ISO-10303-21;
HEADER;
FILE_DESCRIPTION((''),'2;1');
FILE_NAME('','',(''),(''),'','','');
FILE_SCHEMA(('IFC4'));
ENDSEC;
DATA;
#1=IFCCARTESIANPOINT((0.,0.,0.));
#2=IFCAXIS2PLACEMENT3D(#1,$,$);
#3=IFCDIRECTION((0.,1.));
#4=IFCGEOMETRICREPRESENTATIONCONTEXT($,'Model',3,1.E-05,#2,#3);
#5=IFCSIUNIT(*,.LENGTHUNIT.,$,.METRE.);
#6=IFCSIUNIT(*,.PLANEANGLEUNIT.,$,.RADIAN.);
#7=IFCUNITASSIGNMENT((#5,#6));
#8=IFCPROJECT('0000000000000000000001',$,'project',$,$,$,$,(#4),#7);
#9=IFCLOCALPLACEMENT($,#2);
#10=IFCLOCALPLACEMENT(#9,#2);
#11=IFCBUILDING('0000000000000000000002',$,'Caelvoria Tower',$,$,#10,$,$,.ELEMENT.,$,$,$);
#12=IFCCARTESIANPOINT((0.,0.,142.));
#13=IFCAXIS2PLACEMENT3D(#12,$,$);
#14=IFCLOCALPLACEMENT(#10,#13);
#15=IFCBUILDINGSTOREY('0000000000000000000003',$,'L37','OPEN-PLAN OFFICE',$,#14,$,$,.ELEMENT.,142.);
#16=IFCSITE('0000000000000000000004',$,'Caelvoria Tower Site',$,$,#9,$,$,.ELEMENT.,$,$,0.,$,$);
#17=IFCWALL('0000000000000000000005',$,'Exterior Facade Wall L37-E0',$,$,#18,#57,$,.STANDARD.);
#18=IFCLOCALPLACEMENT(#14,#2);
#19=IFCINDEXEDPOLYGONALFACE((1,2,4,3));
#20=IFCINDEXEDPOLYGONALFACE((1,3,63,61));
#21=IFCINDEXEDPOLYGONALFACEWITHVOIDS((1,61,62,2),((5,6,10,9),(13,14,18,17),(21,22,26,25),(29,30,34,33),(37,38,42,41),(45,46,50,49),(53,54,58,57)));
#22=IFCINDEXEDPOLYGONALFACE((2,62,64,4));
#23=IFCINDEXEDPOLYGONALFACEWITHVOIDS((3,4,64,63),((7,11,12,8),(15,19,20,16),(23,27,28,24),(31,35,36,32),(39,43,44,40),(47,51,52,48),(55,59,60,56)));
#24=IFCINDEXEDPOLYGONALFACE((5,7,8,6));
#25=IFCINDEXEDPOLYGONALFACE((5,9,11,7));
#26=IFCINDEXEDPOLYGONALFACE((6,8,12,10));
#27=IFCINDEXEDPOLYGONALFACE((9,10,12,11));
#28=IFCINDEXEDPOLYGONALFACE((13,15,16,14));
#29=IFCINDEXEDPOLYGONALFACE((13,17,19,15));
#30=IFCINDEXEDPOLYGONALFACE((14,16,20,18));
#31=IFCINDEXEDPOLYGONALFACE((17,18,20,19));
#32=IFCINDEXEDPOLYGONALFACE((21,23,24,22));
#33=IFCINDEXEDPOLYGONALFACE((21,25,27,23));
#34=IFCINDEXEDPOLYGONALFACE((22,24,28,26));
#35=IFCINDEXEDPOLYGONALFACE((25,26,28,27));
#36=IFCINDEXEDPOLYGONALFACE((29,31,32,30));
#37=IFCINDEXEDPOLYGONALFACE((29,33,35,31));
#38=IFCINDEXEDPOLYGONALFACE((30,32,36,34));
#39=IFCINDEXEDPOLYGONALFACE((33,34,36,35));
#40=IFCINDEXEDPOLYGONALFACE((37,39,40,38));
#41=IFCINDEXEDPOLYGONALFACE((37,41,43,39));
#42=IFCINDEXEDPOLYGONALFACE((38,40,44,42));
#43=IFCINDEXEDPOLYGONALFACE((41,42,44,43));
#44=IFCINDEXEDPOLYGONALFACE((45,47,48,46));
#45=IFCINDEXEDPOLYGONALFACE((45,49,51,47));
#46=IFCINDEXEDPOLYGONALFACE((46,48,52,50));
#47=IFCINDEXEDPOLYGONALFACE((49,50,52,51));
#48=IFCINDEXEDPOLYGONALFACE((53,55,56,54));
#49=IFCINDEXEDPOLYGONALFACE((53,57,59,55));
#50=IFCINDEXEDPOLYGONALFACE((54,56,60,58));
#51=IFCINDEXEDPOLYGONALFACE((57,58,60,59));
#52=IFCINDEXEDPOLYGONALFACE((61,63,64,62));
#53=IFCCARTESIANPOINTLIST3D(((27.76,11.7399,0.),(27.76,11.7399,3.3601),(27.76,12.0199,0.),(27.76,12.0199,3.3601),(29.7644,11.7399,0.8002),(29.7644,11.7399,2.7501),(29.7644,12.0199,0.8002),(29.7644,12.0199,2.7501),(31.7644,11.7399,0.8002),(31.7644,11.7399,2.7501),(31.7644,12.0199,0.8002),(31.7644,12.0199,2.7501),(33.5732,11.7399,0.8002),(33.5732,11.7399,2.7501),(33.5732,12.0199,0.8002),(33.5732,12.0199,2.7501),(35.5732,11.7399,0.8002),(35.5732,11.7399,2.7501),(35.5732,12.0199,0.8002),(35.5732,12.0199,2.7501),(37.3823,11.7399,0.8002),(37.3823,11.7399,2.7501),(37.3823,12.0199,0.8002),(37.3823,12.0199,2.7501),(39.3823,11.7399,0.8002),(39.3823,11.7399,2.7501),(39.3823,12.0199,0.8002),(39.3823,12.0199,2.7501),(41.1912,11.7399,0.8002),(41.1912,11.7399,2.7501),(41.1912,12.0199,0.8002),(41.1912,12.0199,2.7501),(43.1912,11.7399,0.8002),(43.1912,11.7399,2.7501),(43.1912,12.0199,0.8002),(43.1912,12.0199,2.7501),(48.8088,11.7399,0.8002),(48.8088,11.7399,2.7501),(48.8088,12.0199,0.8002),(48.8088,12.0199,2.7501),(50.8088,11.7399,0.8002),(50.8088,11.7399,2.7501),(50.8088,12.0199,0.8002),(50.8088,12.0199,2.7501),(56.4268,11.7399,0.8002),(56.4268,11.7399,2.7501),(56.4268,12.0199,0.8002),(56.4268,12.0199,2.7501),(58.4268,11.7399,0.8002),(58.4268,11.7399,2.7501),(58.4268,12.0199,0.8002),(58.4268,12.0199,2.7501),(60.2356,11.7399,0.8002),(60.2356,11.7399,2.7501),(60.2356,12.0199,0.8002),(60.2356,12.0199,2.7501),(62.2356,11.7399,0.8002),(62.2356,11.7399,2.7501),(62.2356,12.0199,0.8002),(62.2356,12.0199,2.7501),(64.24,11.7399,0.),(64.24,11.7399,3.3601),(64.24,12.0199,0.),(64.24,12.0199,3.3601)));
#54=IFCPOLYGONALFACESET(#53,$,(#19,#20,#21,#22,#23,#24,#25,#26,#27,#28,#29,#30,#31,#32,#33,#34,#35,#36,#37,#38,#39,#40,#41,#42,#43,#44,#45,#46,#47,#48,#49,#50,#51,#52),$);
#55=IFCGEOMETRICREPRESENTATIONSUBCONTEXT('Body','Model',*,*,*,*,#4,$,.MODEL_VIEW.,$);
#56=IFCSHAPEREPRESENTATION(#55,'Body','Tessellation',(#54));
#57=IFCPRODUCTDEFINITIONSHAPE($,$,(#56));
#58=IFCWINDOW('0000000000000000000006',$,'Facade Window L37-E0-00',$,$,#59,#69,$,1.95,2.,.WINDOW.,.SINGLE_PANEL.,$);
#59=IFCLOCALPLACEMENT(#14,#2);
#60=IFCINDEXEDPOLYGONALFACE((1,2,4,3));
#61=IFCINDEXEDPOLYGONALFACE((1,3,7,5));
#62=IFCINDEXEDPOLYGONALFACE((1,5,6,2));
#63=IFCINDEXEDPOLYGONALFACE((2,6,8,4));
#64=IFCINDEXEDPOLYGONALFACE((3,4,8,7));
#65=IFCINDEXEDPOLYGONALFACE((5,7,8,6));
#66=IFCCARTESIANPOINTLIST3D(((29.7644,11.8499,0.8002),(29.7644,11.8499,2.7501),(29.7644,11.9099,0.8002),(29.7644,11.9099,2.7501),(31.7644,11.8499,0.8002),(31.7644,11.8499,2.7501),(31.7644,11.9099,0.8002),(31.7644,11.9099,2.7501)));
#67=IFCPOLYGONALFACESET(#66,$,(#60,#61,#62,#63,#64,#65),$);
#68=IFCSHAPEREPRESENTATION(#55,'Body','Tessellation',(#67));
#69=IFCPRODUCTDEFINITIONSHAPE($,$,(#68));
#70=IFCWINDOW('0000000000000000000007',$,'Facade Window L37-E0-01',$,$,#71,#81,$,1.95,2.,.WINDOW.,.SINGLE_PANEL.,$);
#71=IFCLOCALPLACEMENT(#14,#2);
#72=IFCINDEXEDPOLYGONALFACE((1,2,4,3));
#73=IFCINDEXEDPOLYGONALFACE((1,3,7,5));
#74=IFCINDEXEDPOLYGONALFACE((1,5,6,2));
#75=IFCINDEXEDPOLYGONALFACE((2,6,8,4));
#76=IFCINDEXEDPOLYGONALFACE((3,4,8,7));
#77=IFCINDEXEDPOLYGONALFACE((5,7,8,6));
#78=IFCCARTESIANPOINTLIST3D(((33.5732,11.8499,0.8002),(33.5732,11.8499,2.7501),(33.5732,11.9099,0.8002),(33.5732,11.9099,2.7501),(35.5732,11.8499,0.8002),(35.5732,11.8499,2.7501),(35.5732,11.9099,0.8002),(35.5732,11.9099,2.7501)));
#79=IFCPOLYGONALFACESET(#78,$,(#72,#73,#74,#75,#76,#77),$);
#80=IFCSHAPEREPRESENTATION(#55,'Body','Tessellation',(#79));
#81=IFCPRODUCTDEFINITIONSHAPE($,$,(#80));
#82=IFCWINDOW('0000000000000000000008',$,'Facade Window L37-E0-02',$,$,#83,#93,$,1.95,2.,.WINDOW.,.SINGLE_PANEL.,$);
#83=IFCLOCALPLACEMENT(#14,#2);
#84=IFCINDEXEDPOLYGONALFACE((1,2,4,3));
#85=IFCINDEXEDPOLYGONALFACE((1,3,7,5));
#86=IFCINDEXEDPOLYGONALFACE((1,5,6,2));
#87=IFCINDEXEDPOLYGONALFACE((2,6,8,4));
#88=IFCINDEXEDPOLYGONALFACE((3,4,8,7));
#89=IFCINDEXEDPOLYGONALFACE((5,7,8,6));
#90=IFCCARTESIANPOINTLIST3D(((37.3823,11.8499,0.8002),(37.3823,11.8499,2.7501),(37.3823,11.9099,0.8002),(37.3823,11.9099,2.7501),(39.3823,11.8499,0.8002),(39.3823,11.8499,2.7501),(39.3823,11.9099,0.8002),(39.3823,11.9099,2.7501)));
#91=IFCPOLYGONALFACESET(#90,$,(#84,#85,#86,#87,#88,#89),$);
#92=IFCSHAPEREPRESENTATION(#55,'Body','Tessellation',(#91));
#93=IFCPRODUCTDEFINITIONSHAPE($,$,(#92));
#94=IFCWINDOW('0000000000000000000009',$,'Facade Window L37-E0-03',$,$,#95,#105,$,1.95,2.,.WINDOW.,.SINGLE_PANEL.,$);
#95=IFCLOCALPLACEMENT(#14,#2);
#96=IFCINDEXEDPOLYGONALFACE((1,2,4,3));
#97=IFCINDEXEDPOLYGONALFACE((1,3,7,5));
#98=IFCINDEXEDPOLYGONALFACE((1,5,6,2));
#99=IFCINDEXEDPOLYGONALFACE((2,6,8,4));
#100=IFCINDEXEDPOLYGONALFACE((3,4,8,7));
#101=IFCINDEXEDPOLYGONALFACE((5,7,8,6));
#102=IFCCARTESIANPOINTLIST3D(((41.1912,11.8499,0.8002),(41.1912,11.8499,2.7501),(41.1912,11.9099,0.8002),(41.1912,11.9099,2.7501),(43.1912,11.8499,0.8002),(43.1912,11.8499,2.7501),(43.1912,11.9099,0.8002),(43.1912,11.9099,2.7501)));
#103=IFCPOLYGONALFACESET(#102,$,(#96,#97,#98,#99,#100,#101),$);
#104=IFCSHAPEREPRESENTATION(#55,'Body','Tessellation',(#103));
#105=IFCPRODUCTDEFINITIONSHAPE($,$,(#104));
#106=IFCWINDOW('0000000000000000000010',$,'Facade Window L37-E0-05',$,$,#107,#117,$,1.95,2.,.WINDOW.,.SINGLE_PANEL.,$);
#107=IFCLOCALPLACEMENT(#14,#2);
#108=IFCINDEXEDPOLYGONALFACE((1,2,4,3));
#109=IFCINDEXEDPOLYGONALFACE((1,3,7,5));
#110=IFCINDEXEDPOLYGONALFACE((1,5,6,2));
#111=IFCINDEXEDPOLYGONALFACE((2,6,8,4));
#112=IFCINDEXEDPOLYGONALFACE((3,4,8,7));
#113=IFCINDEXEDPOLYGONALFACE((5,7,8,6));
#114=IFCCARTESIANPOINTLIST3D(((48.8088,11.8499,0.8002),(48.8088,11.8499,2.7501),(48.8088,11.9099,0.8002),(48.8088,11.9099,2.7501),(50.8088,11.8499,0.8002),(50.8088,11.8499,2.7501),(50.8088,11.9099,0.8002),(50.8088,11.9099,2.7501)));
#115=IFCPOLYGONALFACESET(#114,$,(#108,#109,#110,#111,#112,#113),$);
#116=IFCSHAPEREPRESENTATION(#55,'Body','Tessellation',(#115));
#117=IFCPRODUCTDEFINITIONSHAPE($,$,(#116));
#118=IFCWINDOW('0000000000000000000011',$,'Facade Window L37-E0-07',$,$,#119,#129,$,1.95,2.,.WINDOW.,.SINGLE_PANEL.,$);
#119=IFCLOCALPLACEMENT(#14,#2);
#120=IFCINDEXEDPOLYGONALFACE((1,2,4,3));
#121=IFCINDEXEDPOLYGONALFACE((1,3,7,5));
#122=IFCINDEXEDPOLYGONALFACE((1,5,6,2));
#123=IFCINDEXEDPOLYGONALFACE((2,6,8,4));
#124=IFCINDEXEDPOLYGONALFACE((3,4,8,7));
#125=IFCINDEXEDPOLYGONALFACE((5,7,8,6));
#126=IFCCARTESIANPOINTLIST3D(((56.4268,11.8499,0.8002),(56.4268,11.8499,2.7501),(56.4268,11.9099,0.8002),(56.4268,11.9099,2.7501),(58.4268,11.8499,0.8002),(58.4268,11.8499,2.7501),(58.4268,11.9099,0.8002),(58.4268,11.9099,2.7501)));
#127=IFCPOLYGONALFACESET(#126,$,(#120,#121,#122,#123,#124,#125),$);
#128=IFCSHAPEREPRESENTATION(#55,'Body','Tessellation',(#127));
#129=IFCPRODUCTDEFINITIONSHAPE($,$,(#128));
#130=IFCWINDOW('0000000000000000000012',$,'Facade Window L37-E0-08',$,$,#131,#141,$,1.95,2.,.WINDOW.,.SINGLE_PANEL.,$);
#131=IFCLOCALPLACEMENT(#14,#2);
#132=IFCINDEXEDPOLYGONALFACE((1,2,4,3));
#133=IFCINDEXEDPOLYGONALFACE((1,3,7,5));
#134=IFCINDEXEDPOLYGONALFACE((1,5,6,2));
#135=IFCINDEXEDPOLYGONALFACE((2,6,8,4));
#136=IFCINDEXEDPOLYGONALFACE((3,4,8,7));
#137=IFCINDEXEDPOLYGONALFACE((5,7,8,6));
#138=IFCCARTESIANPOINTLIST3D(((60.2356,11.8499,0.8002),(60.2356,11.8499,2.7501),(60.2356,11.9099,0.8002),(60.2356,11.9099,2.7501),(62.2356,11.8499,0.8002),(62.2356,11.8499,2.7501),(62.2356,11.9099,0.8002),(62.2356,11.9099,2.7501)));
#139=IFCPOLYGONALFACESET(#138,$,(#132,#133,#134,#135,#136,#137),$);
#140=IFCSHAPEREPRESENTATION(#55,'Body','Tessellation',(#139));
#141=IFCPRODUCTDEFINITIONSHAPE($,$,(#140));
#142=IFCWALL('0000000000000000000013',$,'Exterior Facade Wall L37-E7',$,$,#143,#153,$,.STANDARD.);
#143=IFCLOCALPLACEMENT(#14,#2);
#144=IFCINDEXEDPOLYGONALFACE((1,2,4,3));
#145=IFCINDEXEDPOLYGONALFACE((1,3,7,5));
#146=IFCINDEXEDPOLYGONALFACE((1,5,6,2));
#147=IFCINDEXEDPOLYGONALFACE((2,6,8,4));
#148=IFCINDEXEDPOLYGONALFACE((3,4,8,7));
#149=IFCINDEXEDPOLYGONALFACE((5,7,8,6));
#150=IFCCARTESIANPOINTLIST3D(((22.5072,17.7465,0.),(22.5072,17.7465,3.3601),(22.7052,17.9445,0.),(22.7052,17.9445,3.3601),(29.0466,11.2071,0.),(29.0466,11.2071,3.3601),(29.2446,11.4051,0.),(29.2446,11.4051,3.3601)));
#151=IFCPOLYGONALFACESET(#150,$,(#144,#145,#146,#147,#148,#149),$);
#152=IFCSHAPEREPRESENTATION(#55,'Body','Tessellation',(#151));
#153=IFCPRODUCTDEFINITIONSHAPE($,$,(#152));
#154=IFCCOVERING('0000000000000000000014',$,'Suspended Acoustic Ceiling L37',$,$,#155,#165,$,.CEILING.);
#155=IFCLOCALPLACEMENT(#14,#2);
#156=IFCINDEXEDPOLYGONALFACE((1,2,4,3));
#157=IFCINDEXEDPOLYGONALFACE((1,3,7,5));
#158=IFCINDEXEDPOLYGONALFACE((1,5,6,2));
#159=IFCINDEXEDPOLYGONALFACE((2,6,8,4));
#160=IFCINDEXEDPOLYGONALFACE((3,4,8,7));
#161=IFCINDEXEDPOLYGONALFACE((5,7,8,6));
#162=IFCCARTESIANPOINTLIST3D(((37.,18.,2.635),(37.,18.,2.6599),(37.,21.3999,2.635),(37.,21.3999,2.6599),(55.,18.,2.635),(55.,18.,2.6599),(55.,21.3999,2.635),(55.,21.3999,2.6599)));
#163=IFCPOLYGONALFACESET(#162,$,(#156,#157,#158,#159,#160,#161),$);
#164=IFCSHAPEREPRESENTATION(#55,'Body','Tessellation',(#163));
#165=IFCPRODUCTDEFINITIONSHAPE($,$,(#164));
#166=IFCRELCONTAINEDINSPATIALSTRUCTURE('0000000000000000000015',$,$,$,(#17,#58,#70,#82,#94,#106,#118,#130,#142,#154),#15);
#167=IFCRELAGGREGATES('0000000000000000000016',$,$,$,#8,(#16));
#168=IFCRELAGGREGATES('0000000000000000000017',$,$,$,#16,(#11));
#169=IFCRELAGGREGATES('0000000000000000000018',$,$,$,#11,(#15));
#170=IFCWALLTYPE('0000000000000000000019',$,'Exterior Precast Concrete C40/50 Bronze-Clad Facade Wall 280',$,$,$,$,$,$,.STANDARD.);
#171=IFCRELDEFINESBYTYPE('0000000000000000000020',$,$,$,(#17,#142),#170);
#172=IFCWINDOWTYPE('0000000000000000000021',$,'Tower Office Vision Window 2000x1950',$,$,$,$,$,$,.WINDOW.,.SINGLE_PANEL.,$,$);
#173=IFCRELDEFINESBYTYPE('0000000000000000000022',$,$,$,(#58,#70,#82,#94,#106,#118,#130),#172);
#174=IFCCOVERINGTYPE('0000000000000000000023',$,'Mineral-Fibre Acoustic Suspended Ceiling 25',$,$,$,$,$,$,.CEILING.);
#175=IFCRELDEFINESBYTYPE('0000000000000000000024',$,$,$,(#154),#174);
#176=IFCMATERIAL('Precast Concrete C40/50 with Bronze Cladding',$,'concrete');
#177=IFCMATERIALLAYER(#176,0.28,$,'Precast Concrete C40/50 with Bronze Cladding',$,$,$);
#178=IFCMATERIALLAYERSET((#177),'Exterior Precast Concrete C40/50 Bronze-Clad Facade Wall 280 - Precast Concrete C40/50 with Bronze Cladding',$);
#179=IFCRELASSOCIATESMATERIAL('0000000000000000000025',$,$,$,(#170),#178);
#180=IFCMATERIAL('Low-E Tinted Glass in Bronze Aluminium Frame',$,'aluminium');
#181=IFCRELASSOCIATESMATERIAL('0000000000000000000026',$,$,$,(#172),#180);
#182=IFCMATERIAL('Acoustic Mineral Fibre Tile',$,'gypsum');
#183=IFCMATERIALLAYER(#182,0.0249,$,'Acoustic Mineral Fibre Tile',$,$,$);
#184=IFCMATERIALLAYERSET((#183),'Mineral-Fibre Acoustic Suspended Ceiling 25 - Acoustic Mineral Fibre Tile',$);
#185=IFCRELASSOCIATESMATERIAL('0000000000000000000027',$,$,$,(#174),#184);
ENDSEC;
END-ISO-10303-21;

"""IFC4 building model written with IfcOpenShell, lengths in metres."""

from ifc_helpers import new_model, si_unit, direction, frame, frame_2d, origin, place, context, subcontext, project, spatial, polyline, rectangle, outline, extrude, material, layer, layer_set, type_object, element, fill, save


model = new_model("IFC4")

# Units and contexts
model_context = context("Model", 3, precision=1e-05, world=origin(), true_north=direction((0.0, 1.0)))
body_context = subcontext(model_context, "Body", "Model", "MODEL_VIEW")
ifc_project = project(units=[si_unit("LENGTHUNIT", "METRE"), si_unit("PLANEANGLEUNIT", "RADIAN")], contexts=[model_context])

# Site, building, storey
site_placement = place(None, origin())
site = spatial("IfcSite", under=ifc_project, at=site_placement, Name="Caelvoria Tower Site", CompositionType="ELEMENT", RefElevation=0.0)
building_placement = place(site_placement, origin())
building = spatial("IfcBuilding", under=site, at=building_placement, Name="Caelvoria Tower", CompositionType="ELEMENT")
storey_placement = place(building_placement, frame((0.0, 0.0, 142.0)))
storey = spatial("IfcBuildingStorey", under=building, at=storey_placement, Name="L37", Description="OPEN-PLAN OFFICE", CompositionType="ELEMENT", Elevation=142.0)

# Wall, openings, windows
ifc_material_1 = material(Name="Precast Concrete C40/50 with Bronze Cladding", Category="concrete")
ifc_layer_1 = layer(ifc_material_1, 0.28, Name="Precast Concrete C40/50 with Bronze Cladding")
ifc_layer_set_1 = layer_set([ifc_layer_1], Name="Exterior Precast Concrete C40/50 Bronze-Clad Facade Wall 280 - Precast Concrete C40/50 with Bronze Cladding")
wall_type_1 = type_object("IfcWallType", Name="Exterior Precast Concrete C40/50 Bronze-Clad Facade Wall 280", PredefinedType="STANDARD", material=ifc_layer_set_1)
wall_1_placement = place(storey_placement, frame((27.76, 11.8799, 0.0), z_axis=(0.0, 0.0, 1.0), x_axis=(1.0, 0.0, 0.0)))
wall_1 = element("IfcWall", 1, at=wall_1_placement, inside=storey, type_object=wall_type_1, Name="Exterior Facade Wall L37-E0", PredefinedType="STANDARD", context=body_context, shape_type="SweptSolid", body=[
    extrude(rectangle(XDim=36.48, YDim=0.28, at=frame_2d((18.24, 0.0))), origin(), (0.0, 0.0, 1.0), 3.3601),
])
opening_1_placement = place(wall_1_placement, frame((2.0044, 0.0, 0.8)))
opening_1 = element("IfcOpeningElement", 2, at=opening_1_placement, cuts=wall_1, PredefinedType="OPENING", context=body_context, shape_type="SweptSolid", body=[
    extrude(rectangle(XDim=2.0, YDim=1.95, at=frame_2d((1.0, 0.9751))), frame((0.0, 0.1499, 0.0), z_axis=(0.0, -1.0, 0.0), x_axis=(1.0, 0.0, 0.0)), (0.0, 0.0, 1.0), 0.3),
])
opening_2_placement = place(wall_1_placement, frame((5.8132, 0.0, 0.8)))
opening_2 = element("IfcOpeningElement", 3, at=opening_2_placement, cuts=wall_1, PredefinedType="OPENING", context=body_context, shape_type="SweptSolid", body=[
    extrude(rectangle(XDim=2.0, YDim=1.95, at=frame_2d((1.0, 0.9751))), frame((0.0, 0.1499, 0.0), z_axis=(0.0, -1.0, 0.0), x_axis=(1.0, 0.0, 0.0)), (0.0, 0.0, 1.0), 0.3),
])
opening_3_placement = place(wall_1_placement, frame((9.6223, 0.0, 0.8)))
opening_3 = element("IfcOpeningElement", 4, at=opening_3_placement, cuts=wall_1, PredefinedType="OPENING", context=body_context, shape_type="SweptSolid", body=[
    extrude(rectangle(XDim=2.0, YDim=1.95, at=frame_2d((1.0, 0.9751))), frame((0.0, 0.1499, 0.0), z_axis=(0.0, -1.0, 0.0), x_axis=(1.0, 0.0, 0.0)), (0.0, 0.0, 1.0), 0.3),
])
opening_4_placement = place(wall_1_placement, frame((13.4312, 0.0, 0.8)))
opening_4 = element("IfcOpeningElement", 5, at=opening_4_placement, cuts=wall_1, PredefinedType="OPENING", context=body_context, shape_type="SweptSolid", body=[
    extrude(rectangle(XDim=2.0, YDim=1.95, at=frame_2d((1.0, 0.9751))), frame((0.0, 0.1499, 0.0), z_axis=(0.0, -1.0, 0.0), x_axis=(1.0, 0.0, 0.0)), (0.0, 0.0, 1.0), 0.3),
])
opening_5_placement = place(wall_1_placement, frame((21.0488, 0.0, 0.8)))
opening_5 = element("IfcOpeningElement", 6, at=opening_5_placement, cuts=wall_1, PredefinedType="OPENING", context=body_context, shape_type="SweptSolid", body=[
    extrude(rectangle(XDim=2.0, YDim=1.95, at=frame_2d((1.0, 0.9751))), frame((0.0, 0.1499, 0.0), z_axis=(0.0, -1.0, 0.0), x_axis=(1.0, 0.0, 0.0)), (0.0, 0.0, 1.0), 0.3),
])
opening_6_placement = place(wall_1_placement, frame((28.6667, 0.0, 0.8)))
opening_6 = element("IfcOpeningElement", 7, at=opening_6_placement, cuts=wall_1, PredefinedType="OPENING", context=body_context, shape_type="SweptSolid", body=[
    extrude(rectangle(XDim=2.0, YDim=1.95, at=frame_2d((1.0, 0.9751))), frame((0.0, 0.1499, 0.0), z_axis=(0.0, -1.0, 0.0), x_axis=(1.0, 0.0, 0.0)), (0.0, 0.0, 1.0), 0.3),
])
opening_7_placement = place(wall_1_placement, frame((32.4756, 0.0, 0.8)))
opening_7 = element("IfcOpeningElement", 8, at=opening_7_placement, cuts=wall_1, PredefinedType="OPENING", context=body_context, shape_type="SweptSolid", body=[
    extrude(rectangle(XDim=2.0, YDim=1.95, at=frame_2d((1.0, 0.9751))), frame((0.0, 0.1499, 0.0), z_axis=(0.0, -1.0, 0.0), x_axis=(1.0, 0.0, 0.0)), (0.0, 0.0, 1.0), 0.3),
])
ifc_material_2 = material(Name="Low-E Tinted Glass in Bronze Aluminium Frame", Category="aluminium")
window_type = type_object("IfcWindowType", Name="Tower Office Vision Window 2000x1950", PartitioningType="SINGLE_PANEL", PredefinedType="WINDOW", material=ifc_material_2)
window_1_placement = place(opening_1_placement, origin())
window_1 = element("IfcWindow", 9, at=window_1_placement, inside=storey, type_object=window_type, Name="Facade Window L37-E0-00", OverallHeight=1.95, OverallWidth=2.0, PartitioningType="SINGLE_PANEL", PredefinedType="WINDOW", context=body_context, shape_type="SweptSolid", body=[
    extrude(rectangle(XDim=2.0, YDim=1.95, at=frame_2d((1.0, 0.9751))), frame((0.0, 0.03, 0.0), z_axis=(0.0, -1.0, 0.0), x_axis=(1.0, 0.0, 0.0)), (0.0, 0.0, 1.0), 0.0601),
])
fill(opening_1, window_1)
window_2_placement = place(opening_2_placement, origin())
window_2 = element("IfcWindow", 10, at=window_2_placement, inside=storey, type_object=window_type, Name="Facade Window L37-E0-01", OverallHeight=1.95, OverallWidth=2.0, PartitioningType="SINGLE_PANEL", PredefinedType="WINDOW", context=body_context, shape_type="SweptSolid", body=[
    extrude(rectangle(XDim=2.0, YDim=1.95, at=frame_2d((1.0, 0.9751))), frame((0.0, 0.03, 0.0), z_axis=(0.0, -1.0, 0.0), x_axis=(1.0, 0.0, 0.0)), (0.0, 0.0, 1.0), 0.0601),
])
fill(opening_2, window_2)
window_3_placement = place(opening_3_placement, origin())
window_3 = element("IfcWindow", 11, at=window_3_placement, inside=storey, type_object=window_type, Name="Facade Window L37-E0-02", OverallHeight=1.95, OverallWidth=2.0, PartitioningType="SINGLE_PANEL", PredefinedType="WINDOW", context=body_context, shape_type="SweptSolid", body=[
    extrude(rectangle(XDim=2.0, YDim=1.95, at=frame_2d((1.0, 0.9751))), frame((0.0, 0.03, 0.0), z_axis=(0.0, -1.0, 0.0), x_axis=(1.0, 0.0, 0.0)), (0.0, 0.0, 1.0), 0.0601),
])
fill(opening_3, window_3)
window_4_placement = place(opening_4_placement, origin())
window_4 = element("IfcWindow", 12, at=window_4_placement, inside=storey, type_object=window_type, Name="Facade Window L37-E0-03", OverallHeight=1.95, OverallWidth=2.0, PartitioningType="SINGLE_PANEL", PredefinedType="WINDOW", context=body_context, shape_type="SweptSolid", body=[
    extrude(rectangle(XDim=2.0, YDim=1.95, at=frame_2d((1.0, 0.9751))), frame((0.0, 0.03, 0.0), z_axis=(0.0, -1.0, 0.0), x_axis=(1.0, 0.0, 0.0)), (0.0, 0.0, 1.0), 0.0601),
])
fill(opening_4, window_4)
window_5_placement = place(opening_5_placement, origin())
window_5 = element("IfcWindow", 13, at=window_5_placement, inside=storey, type_object=window_type, Name="Facade Window L37-E0-05", OverallHeight=1.95, OverallWidth=2.0, PartitioningType="SINGLE_PANEL", PredefinedType="WINDOW", context=body_context, shape_type="SweptSolid", body=[
    extrude(rectangle(XDim=2.0, YDim=1.95, at=frame_2d((1.0, 0.9751))), frame((0.0, 0.03, 0.0), z_axis=(0.0, -1.0, 0.0), x_axis=(1.0, 0.0, 0.0)), (0.0, 0.0, 1.0), 0.0601),
])
fill(opening_5, window_5)
window_6_placement = place(opening_6_placement, origin())
window_6 = element("IfcWindow", 14, at=window_6_placement, inside=storey, type_object=window_type, Name="Facade Window L37-E0-07", OverallHeight=1.95, OverallWidth=2.0, PartitioningType="SINGLE_PANEL", PredefinedType="WINDOW", context=body_context, shape_type="SweptSolid", body=[
    extrude(rectangle(XDim=2.0, YDim=1.95, at=frame_2d((1.0, 0.9751))), frame((0.0, 0.03, 0.0), z_axis=(0.0, -1.0, 0.0), x_axis=(1.0, 0.0, 0.0)), (0.0, 0.0, 1.0), 0.0601),
])
fill(opening_6, window_6)
window_7_placement = place(opening_7_placement, origin())
window_7 = element("IfcWindow", 15, at=window_7_placement, inside=storey, type_object=window_type, Name="Facade Window L37-E0-08", OverallHeight=1.95, OverallWidth=2.0, PartitioningType="SINGLE_PANEL", PredefinedType="WINDOW", context=body_context, shape_type="SweptSolid", body=[
    extrude(rectangle(XDim=2.0, YDim=1.95, at=frame_2d((1.0, 0.9751))), frame((0.0, 0.03, 0.0), z_axis=(0.0, -1.0, 0.0), x_axis=(1.0, 0.0, 0.0)), (0.0, 0.0, 1.0), 0.0601),
])
fill(opening_7, window_7)

# Wall
wall_2_placement = place(storey_placement, frame((22.6062, 17.8455, 0.0), z_axis=(0.0, 0.0, 1.0), x_axis=(0.707107, -0.707107, 0.0)))
element("IfcWall", 16, at=wall_2_placement, inside=storey, type_object=wall_type_1, Name="Exterior Facade Wall L37-E7", PredefinedType="STANDARD", context=body_context, shape_type="SweptSolid", body=[
    extrude(rectangle(XDim=9.248, YDim=0.28, at=frame_2d((4.624, 0.0))), origin(), (0.0, 0.0, 1.0), 3.3601),
])

# Covering
ifc_material_3 = material(Name="Acoustic Mineral Fibre Tile", Category="gypsum")
ifc_layer_2 = layer(ifc_material_3, 0.0249, Name="Acoustic Mineral Fibre Tile")
ifc_layer_set_2 = layer_set([ifc_layer_2], Name="Mineral-Fibre Acoustic Suspended Ceiling 25 - Acoustic Mineral Fibre Tile")
covering_type_1 = type_object("IfcCoveringType", Name="Mineral-Fibre Acoustic Suspended Ceiling 25", PredefinedType="CEILING", material=ifc_layer_set_2)
covering_1_placement = place(storey_placement, frame((0.0, 0.0, 2.635)))
element("IfcCovering", 17, at=covering_1_placement, inside=storey, type_object=covering_type_1, Name="Suspended Acoustic Ceiling L37", PredefinedType="CEILING", context=body_context, shape_type="SweptSolid", body=[
    extrude(outline(polyline([(37.0, 18.0), (55.0, 18.0), (55.0, 21.3999), (37.0, 21.3999), (37.0, 18.0)])), origin(), (0.0, 0.0, 1.0), 0.0249),
])

save(model, "model.ifc")
